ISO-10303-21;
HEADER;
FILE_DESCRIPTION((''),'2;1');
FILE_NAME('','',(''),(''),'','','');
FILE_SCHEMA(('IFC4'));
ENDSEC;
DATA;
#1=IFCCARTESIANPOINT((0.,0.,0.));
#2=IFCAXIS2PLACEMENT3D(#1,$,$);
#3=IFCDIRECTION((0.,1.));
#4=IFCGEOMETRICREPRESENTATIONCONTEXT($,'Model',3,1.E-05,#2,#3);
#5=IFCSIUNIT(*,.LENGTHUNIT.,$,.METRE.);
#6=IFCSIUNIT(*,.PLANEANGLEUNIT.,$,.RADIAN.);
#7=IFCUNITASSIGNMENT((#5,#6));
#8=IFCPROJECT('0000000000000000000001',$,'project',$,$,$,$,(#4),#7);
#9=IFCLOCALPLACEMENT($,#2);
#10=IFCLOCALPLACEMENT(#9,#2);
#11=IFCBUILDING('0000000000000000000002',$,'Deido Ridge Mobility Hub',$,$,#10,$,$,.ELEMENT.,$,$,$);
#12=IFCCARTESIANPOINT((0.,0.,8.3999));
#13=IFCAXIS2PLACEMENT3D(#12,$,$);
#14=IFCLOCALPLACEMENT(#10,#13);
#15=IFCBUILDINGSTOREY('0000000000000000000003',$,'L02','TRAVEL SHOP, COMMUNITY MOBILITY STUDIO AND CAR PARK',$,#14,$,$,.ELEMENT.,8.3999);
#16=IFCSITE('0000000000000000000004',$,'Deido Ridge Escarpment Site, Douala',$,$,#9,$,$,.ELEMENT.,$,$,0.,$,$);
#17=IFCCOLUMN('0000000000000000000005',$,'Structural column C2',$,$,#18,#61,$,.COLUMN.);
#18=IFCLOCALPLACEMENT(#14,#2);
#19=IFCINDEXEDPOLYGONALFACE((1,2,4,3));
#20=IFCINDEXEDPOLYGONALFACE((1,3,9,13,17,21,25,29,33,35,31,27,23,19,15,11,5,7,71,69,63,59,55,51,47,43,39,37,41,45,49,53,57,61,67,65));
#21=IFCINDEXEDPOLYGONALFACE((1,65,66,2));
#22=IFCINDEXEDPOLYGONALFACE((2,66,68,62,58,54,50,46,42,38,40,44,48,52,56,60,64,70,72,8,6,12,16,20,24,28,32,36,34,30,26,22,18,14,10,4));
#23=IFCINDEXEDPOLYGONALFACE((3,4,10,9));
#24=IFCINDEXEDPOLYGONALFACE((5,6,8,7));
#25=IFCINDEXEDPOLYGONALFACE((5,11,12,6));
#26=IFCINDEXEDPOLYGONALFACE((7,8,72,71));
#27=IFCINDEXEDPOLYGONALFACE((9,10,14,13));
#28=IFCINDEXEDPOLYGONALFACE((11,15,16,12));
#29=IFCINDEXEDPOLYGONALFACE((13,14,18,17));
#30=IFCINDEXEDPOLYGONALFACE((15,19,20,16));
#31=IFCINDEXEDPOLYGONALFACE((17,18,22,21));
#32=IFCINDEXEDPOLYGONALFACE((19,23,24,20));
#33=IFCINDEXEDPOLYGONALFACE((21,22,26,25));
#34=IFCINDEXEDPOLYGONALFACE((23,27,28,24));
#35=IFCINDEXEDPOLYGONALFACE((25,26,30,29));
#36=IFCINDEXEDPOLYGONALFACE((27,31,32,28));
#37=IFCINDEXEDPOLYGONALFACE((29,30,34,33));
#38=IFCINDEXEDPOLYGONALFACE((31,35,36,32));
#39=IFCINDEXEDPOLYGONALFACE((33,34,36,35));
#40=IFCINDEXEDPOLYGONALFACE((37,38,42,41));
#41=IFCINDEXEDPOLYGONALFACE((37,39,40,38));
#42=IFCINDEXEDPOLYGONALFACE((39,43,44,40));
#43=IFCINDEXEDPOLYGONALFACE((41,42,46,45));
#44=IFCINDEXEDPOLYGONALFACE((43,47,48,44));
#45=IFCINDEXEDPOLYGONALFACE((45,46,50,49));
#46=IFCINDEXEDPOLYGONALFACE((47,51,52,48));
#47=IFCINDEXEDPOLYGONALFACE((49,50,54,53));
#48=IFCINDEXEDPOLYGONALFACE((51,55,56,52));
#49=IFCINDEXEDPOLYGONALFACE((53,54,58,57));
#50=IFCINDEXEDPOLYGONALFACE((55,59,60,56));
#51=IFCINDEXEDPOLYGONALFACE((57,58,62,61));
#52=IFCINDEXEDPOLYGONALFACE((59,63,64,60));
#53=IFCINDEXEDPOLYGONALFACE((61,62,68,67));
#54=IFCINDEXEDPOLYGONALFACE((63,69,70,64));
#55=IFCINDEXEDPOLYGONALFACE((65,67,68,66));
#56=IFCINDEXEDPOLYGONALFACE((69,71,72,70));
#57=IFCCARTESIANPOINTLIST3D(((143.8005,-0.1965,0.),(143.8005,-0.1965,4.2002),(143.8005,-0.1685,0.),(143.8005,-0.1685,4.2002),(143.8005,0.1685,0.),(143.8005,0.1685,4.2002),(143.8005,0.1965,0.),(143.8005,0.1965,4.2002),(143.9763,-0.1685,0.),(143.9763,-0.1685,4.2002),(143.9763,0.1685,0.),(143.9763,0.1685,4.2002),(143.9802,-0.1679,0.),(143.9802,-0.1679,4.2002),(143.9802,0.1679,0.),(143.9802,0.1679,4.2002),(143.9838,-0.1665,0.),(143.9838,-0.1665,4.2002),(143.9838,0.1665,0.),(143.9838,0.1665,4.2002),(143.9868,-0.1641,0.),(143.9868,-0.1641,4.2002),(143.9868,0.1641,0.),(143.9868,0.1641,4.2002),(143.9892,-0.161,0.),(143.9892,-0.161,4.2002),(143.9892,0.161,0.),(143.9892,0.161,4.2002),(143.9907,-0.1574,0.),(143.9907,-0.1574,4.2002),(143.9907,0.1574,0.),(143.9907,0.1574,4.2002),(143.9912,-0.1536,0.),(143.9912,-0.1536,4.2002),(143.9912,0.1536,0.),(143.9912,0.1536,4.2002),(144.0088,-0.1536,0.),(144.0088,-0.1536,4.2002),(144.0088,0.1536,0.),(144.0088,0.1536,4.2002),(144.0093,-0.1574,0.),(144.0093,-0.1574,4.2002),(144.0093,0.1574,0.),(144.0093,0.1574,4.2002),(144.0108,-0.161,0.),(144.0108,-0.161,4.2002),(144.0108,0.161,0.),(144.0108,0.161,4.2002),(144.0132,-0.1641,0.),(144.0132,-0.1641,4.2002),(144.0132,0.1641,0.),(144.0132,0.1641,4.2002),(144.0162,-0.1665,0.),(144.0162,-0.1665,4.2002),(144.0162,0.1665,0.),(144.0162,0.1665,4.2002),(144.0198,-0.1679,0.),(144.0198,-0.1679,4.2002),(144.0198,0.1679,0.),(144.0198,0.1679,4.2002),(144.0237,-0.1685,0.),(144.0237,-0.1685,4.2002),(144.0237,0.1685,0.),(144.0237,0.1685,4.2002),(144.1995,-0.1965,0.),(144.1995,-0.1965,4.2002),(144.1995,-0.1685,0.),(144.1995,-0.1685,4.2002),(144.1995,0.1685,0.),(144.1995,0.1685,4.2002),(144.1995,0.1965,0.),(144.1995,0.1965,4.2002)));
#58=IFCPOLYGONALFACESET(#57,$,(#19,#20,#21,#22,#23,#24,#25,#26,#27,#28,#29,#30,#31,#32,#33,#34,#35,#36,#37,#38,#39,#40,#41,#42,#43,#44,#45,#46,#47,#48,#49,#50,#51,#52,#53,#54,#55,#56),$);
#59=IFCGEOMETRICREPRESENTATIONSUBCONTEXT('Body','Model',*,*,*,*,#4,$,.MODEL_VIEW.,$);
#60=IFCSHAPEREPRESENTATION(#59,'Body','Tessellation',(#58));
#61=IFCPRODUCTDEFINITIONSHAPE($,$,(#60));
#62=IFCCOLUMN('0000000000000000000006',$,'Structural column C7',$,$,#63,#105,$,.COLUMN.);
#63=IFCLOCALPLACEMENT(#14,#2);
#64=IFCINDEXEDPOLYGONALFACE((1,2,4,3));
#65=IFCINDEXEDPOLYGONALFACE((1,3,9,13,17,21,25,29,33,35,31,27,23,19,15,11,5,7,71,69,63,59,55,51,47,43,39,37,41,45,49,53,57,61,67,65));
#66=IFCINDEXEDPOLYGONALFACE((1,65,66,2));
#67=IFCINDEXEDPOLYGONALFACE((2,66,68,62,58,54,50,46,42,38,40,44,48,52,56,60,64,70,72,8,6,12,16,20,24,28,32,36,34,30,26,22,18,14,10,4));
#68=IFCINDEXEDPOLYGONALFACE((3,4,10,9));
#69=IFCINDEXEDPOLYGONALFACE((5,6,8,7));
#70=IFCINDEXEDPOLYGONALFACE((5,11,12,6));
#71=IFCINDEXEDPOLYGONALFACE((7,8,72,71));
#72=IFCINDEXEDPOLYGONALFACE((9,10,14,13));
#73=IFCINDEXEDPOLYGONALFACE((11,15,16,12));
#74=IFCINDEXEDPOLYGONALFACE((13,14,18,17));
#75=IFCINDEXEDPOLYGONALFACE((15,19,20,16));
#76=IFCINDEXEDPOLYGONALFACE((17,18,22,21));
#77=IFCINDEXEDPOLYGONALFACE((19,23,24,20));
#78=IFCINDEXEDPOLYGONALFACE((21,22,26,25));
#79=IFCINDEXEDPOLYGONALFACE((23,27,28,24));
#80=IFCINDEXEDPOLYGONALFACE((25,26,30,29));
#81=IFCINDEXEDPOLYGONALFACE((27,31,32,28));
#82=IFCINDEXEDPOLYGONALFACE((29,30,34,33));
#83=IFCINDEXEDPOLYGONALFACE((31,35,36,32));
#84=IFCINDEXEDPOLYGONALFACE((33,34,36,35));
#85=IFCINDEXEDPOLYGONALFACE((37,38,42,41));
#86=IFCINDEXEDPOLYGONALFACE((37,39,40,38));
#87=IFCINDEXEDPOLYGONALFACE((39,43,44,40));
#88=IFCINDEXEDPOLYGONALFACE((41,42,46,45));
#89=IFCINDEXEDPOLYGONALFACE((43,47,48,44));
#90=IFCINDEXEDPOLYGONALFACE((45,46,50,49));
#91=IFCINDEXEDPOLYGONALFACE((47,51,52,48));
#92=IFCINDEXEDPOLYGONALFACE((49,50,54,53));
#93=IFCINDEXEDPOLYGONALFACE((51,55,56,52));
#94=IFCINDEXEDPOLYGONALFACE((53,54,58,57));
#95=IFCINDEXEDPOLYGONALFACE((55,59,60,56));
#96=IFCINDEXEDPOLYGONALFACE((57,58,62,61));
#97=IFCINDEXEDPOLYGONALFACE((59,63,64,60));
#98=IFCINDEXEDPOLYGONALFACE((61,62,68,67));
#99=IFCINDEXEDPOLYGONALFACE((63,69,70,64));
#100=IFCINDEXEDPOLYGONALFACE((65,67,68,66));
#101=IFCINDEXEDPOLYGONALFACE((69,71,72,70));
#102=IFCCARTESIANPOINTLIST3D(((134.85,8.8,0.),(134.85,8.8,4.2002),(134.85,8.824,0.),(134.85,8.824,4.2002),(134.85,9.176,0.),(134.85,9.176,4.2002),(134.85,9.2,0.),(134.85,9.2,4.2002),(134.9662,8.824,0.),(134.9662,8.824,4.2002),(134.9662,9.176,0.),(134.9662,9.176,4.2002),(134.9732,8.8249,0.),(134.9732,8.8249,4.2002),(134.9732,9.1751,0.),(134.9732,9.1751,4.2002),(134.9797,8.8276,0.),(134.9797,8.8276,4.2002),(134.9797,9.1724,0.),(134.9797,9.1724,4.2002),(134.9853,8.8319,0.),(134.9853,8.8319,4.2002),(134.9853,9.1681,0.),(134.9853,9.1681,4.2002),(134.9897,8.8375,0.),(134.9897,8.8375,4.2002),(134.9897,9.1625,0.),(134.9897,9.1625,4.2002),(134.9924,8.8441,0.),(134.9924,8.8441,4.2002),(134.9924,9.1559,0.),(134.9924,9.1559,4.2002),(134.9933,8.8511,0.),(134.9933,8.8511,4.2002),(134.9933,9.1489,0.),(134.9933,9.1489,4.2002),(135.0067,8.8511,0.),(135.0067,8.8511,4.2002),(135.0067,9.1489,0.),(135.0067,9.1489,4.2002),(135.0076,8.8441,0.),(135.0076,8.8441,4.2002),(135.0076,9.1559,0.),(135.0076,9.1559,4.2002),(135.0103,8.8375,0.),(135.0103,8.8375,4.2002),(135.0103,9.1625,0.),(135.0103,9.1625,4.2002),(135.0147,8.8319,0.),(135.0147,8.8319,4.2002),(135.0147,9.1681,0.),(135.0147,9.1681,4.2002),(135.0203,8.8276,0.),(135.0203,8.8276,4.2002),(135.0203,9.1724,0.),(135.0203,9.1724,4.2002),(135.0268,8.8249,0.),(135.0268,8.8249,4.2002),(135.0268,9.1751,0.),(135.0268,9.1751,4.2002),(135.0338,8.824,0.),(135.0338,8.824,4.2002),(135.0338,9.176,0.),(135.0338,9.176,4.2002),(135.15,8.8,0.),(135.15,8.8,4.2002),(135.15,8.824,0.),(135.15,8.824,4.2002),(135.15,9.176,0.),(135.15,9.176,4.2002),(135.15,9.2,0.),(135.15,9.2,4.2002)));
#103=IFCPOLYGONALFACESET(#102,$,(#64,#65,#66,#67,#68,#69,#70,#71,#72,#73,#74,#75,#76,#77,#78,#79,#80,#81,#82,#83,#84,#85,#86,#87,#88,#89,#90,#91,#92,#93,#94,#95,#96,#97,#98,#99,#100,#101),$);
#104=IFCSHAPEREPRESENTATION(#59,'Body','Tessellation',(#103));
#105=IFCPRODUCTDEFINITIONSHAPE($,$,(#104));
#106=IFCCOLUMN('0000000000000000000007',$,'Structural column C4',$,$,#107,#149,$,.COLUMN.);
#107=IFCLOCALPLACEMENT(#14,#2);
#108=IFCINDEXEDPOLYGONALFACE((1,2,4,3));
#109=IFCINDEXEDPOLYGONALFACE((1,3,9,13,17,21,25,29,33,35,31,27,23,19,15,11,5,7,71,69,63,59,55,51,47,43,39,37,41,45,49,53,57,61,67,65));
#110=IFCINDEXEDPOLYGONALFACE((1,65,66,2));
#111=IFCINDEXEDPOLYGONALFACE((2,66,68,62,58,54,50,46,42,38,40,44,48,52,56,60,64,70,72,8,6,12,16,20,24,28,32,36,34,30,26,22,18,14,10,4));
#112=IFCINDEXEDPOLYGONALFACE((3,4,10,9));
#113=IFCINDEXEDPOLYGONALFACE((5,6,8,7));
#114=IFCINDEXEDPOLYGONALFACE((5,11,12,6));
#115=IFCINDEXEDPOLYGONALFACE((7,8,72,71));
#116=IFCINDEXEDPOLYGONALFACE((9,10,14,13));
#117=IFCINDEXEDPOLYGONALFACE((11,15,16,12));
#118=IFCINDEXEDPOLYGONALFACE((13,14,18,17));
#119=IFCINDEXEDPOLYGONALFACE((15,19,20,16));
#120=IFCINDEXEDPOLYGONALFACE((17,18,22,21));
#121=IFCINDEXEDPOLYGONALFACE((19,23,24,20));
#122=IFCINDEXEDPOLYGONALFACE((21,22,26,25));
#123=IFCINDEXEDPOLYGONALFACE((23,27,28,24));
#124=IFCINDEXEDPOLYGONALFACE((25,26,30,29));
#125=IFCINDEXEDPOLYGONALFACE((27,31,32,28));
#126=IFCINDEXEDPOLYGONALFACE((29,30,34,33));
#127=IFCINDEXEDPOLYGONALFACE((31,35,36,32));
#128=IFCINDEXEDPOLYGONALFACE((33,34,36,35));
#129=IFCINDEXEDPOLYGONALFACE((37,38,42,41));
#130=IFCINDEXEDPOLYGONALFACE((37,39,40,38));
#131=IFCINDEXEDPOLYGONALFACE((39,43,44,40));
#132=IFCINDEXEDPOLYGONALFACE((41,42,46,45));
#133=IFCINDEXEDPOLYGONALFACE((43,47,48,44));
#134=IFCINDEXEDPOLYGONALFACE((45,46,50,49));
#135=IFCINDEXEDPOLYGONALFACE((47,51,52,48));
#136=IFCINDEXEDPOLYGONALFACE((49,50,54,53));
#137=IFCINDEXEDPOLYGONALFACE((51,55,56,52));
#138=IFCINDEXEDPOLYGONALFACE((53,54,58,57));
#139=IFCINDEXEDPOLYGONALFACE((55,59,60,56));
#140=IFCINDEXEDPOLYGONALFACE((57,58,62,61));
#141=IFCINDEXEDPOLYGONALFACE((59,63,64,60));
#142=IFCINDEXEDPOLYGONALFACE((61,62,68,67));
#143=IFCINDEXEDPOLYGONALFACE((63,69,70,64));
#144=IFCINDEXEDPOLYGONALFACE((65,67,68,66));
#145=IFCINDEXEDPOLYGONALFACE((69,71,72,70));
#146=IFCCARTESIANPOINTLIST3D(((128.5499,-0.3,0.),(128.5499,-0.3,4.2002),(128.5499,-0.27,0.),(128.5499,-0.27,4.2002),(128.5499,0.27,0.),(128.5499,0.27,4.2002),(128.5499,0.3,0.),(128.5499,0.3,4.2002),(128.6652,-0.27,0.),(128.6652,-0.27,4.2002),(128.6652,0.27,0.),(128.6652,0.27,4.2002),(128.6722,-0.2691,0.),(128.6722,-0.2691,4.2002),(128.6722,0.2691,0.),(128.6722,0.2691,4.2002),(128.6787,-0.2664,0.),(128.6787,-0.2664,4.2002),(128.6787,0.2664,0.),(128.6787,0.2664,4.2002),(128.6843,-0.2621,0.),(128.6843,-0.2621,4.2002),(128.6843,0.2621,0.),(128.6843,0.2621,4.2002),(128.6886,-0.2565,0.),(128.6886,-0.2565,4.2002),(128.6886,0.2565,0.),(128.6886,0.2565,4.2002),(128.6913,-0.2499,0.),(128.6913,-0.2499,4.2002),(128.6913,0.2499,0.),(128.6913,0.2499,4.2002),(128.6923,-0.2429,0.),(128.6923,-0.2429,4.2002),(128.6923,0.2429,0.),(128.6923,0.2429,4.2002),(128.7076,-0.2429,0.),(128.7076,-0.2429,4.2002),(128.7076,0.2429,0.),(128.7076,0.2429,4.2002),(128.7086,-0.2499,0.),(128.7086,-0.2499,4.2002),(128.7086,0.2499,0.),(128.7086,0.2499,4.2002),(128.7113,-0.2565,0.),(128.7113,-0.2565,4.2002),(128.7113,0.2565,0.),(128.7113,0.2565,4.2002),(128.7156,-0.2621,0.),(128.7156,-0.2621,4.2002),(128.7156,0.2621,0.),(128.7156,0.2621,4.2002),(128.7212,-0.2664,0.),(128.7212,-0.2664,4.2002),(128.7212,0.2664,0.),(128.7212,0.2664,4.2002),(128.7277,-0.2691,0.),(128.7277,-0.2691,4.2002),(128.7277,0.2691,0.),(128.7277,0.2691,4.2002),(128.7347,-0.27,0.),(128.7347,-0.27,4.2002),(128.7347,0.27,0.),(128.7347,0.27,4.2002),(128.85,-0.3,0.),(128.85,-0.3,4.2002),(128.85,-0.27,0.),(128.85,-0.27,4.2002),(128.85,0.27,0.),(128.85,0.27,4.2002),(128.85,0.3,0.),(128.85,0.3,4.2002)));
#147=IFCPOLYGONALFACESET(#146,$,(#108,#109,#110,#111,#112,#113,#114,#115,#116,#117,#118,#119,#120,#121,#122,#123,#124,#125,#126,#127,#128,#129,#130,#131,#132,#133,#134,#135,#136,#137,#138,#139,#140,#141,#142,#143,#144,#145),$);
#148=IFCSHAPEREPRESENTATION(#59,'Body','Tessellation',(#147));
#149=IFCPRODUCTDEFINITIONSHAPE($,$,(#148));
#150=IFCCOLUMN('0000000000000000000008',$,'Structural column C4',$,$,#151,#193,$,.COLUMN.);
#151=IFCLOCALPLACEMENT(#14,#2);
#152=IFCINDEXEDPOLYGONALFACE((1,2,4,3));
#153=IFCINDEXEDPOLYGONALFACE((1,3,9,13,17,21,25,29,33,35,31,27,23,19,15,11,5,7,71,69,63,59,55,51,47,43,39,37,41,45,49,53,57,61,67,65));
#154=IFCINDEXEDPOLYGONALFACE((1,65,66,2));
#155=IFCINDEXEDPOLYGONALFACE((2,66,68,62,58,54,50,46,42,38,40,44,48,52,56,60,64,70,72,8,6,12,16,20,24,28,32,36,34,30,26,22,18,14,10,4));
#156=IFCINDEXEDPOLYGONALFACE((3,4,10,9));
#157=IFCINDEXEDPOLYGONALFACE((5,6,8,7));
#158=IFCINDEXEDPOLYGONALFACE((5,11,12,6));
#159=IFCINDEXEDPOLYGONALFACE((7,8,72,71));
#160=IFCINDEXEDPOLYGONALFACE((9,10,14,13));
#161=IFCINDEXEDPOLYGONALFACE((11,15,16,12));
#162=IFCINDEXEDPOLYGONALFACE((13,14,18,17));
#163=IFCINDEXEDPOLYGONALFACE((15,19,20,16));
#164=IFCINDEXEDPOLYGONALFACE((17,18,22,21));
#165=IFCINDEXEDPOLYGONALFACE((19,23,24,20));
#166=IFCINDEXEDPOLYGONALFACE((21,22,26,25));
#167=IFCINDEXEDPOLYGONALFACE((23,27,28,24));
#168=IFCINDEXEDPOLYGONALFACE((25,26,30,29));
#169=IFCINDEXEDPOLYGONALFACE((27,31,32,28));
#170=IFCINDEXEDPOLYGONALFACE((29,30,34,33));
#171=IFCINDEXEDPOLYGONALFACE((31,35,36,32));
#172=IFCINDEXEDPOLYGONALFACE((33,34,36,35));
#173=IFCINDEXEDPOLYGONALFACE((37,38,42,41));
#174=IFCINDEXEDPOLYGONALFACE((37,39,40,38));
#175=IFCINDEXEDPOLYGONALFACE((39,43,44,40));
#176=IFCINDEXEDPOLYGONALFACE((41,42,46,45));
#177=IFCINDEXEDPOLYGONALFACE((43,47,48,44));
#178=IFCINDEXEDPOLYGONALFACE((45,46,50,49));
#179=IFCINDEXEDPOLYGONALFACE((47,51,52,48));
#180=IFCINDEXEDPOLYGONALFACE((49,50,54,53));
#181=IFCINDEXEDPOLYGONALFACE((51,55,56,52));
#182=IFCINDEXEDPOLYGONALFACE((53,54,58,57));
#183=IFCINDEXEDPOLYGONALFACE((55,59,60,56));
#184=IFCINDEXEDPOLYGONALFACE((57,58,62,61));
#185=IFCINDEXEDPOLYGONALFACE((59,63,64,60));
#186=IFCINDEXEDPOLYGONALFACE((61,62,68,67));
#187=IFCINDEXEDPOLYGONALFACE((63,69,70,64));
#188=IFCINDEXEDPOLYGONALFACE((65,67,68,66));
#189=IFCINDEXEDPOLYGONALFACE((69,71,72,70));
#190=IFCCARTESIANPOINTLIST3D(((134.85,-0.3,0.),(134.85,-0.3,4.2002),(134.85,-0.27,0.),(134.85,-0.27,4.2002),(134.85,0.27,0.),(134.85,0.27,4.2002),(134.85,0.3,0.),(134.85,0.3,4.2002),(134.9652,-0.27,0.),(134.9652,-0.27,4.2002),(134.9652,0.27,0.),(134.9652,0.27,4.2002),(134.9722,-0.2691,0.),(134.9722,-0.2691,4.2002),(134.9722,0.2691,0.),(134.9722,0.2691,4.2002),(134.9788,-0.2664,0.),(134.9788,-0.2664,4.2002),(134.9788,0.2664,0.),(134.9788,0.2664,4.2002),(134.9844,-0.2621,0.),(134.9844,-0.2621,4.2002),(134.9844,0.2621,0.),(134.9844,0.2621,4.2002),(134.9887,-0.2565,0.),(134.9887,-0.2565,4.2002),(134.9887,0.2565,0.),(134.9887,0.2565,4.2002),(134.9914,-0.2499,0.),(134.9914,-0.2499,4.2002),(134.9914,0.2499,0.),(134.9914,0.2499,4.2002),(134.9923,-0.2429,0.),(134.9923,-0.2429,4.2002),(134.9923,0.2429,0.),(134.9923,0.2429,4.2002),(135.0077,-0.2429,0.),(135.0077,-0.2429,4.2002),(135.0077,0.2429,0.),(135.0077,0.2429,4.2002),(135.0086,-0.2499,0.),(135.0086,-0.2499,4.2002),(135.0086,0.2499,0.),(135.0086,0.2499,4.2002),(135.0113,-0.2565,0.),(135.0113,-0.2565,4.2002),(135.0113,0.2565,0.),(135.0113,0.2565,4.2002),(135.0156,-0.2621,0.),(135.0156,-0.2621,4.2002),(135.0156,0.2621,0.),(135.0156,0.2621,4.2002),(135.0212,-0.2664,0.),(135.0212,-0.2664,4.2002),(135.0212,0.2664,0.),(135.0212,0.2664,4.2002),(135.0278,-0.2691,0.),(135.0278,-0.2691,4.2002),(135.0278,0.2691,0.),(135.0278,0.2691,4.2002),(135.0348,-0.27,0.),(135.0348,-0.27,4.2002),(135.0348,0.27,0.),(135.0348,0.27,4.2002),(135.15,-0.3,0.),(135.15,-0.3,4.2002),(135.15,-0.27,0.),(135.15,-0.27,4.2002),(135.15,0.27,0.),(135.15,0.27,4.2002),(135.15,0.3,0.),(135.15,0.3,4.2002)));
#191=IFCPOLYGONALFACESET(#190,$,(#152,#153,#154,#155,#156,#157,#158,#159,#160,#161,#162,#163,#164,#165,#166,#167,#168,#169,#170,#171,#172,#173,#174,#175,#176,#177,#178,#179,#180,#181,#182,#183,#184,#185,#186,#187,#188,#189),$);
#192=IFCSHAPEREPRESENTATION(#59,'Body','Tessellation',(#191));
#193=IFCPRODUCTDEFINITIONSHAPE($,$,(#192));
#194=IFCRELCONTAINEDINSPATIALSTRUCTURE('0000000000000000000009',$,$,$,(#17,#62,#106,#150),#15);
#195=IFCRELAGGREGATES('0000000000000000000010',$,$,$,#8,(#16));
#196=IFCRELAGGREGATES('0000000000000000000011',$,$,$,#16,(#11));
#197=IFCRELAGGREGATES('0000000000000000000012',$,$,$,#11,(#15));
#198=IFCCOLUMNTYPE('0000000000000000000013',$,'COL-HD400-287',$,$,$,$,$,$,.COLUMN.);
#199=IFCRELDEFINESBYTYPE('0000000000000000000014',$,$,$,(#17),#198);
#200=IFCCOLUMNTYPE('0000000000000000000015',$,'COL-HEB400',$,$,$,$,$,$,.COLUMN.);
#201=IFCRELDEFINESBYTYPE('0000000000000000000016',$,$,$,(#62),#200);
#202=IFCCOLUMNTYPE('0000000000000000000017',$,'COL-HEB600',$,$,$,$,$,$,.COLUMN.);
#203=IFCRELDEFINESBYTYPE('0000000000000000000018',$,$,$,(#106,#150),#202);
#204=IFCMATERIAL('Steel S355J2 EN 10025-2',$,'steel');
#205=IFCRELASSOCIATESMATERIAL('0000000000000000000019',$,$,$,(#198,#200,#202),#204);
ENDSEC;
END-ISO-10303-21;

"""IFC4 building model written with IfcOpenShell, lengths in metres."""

from ifc_helpers import new_model, si_unit, direction, frame, origin, origin_2d, place, context, subcontext, project, spatial, i_section, extrude, material, material_profile, profile_set, type_object, element, save


model = new_model("IFC4")

# Units and contexts
model_context = context("Model", 3, precision=1e-05, world=origin(), true_north=direction((0.0, 1.0)))
body_context = subcontext(model_context, "Body", "Model", "MODEL_VIEW")
ifc_project = project(units=[si_unit("LENGTHUNIT", "METRE"), si_unit("PLANEANGLEUNIT", "RADIAN")], contexts=[model_context])

# Site, building, storey
site_placement = place(None, origin())
site = spatial("IfcSite", under=ifc_project, at=site_placement, Name="Deido Ridge Escarpment Site, Douala", CompositionType="ELEMENT", RefElevation=0.0)
building_placement = place(site_placement, origin())
building = spatial("IfcBuilding", under=site, at=building_placement, Name="Deido Ridge Mobility Hub", CompositionType="ELEMENT")
storey_placement = place(building_placement, frame((0.0, 0.0, 8.3999)))
storey = spatial("IfcBuildingStorey", under=building, at=storey_placement, Name="L02", Description="TRAVEL SHOP, COMMUNITY MOBILITY STUDIO AND CAR PARK", CompositionType="ELEMENT", Elevation=8.3999)

# Columns
ifc_material_1 = material(Name="Steel S355J2 EN 10025-2", Category="steel")
ifc_material_profile_1 = material_profile(ifc_material_1, i_section(OverallWidth=0.3989, OverallDepth=0.3931, WebThickness=0.0176, FlangeThickness=0.0281, FilletRadius=0.0149, at=origin_2d()), Name="HD 400x287")
ifc_profile_set_1 = profile_set([ifc_material_profile_1], Name="Steel S355J2 EN 10025-2")
column_type_1 = type_object("IfcColumnType", Name="COL-HD400-287", PredefinedType="COLUMN", material=ifc_profile_set_1)
column_1_placement = place(storey_placement, frame((144.0, 0.0, 0.0), z_axis=(0.0, 0.0, 1.0), x_axis=(1.0, 0.0, 0.0)))
element("IfcColumn", 1, at=column_1_placement, inside=storey, type_object=column_type_1, Name="Structural column C2", PredefinedType="COLUMN", context=body_context, shape_type="SweptSolid", body=[
    extrude(i_section(OverallWidth=0.3989, OverallDepth=0.3931, WebThickness=0.0176, FlangeThickness=0.0281, FilletRadius=0.0149, at=origin_2d()), origin(), (0.0, 0.0, 1.0), 4.2002),
])
ifc_material_profile_2 = material_profile(ifc_material_1, i_section(OverallWidth=0.3, OverallDepth=0.3999, WebThickness=0.0134, FlangeThickness=0.0239, FilletRadius=0.0271, at=origin_2d()), Name="HEB 400")
ifc_profile_set_2 = profile_set([ifc_material_profile_2], Name="Steel S355J2 EN 10025-2")
column_type_2 = type_object("IfcColumnType", Name="COL-HEB400", PredefinedType="COLUMN", material=ifc_profile_set_2)
column_2_placement = place(storey_placement, frame((135.0, 9.0, 0.0), z_axis=(0.0, 0.0, 1.0), x_axis=(1.0, 0.0, 0.0)))
element("IfcColumn", 2, at=column_2_placement, inside=storey, type_object=column_type_2, Name="Structural column C7", PredefinedType="COLUMN", context=body_context, shape_type="SweptSolid", body=[
    extrude(i_section(OverallWidth=0.3, OverallDepth=0.3999, WebThickness=0.0134, FlangeThickness=0.0239, FilletRadius=0.0271, at=origin_2d()), origin(), (0.0, 0.0, 1.0), 4.2002),
])
ifc_material_profile_3 = material_profile(ifc_material_1, i_section(OverallWidth=0.3, OverallDepth=0.6001, WebThickness=0.0154, FlangeThickness=0.03, FilletRadius=0.0271, at=origin_2d()), Name="HEB 600")
ifc_profile_set_3 = profile_set([ifc_material_profile_3], Name="Steel S355J2 EN 10025-2")
column_type_3 = type_object("IfcColumnType", Name="COL-HEB600", PredefinedType="COLUMN", material=ifc_profile_set_3)
for number, where, z_axis, x_axis, name in (
    (3, (128.7, 0.0, 0.0), (0.0, 0.0, 1.0), (1.0, 0.0, 0.0), "Structural column C4"),
    (4, (135.0, 0.0, 0.0), (0.0, 0.0, 1.0), (1.0, 0.0, 0.0), "Structural column C4"),
):
    element("IfcColumn", number, at=place(storey_placement, frame(where, z_axis=z_axis, x_axis=x_axis)), inside=storey, type_object=column_type_3, Name=name, PredefinedType="COLUMN", context=body_context, shape_type="SweptSolid", body=[
        extrude(i_section(OverallWidth=0.3, OverallDepth=0.6001, WebThickness=0.0154, FlangeThickness=0.03, FilletRadius=0.0271, at=origin_2d()), origin(), (0.0, 0.0, 1.0), 4.2002),
    ])

save(model, "model.ifc")
